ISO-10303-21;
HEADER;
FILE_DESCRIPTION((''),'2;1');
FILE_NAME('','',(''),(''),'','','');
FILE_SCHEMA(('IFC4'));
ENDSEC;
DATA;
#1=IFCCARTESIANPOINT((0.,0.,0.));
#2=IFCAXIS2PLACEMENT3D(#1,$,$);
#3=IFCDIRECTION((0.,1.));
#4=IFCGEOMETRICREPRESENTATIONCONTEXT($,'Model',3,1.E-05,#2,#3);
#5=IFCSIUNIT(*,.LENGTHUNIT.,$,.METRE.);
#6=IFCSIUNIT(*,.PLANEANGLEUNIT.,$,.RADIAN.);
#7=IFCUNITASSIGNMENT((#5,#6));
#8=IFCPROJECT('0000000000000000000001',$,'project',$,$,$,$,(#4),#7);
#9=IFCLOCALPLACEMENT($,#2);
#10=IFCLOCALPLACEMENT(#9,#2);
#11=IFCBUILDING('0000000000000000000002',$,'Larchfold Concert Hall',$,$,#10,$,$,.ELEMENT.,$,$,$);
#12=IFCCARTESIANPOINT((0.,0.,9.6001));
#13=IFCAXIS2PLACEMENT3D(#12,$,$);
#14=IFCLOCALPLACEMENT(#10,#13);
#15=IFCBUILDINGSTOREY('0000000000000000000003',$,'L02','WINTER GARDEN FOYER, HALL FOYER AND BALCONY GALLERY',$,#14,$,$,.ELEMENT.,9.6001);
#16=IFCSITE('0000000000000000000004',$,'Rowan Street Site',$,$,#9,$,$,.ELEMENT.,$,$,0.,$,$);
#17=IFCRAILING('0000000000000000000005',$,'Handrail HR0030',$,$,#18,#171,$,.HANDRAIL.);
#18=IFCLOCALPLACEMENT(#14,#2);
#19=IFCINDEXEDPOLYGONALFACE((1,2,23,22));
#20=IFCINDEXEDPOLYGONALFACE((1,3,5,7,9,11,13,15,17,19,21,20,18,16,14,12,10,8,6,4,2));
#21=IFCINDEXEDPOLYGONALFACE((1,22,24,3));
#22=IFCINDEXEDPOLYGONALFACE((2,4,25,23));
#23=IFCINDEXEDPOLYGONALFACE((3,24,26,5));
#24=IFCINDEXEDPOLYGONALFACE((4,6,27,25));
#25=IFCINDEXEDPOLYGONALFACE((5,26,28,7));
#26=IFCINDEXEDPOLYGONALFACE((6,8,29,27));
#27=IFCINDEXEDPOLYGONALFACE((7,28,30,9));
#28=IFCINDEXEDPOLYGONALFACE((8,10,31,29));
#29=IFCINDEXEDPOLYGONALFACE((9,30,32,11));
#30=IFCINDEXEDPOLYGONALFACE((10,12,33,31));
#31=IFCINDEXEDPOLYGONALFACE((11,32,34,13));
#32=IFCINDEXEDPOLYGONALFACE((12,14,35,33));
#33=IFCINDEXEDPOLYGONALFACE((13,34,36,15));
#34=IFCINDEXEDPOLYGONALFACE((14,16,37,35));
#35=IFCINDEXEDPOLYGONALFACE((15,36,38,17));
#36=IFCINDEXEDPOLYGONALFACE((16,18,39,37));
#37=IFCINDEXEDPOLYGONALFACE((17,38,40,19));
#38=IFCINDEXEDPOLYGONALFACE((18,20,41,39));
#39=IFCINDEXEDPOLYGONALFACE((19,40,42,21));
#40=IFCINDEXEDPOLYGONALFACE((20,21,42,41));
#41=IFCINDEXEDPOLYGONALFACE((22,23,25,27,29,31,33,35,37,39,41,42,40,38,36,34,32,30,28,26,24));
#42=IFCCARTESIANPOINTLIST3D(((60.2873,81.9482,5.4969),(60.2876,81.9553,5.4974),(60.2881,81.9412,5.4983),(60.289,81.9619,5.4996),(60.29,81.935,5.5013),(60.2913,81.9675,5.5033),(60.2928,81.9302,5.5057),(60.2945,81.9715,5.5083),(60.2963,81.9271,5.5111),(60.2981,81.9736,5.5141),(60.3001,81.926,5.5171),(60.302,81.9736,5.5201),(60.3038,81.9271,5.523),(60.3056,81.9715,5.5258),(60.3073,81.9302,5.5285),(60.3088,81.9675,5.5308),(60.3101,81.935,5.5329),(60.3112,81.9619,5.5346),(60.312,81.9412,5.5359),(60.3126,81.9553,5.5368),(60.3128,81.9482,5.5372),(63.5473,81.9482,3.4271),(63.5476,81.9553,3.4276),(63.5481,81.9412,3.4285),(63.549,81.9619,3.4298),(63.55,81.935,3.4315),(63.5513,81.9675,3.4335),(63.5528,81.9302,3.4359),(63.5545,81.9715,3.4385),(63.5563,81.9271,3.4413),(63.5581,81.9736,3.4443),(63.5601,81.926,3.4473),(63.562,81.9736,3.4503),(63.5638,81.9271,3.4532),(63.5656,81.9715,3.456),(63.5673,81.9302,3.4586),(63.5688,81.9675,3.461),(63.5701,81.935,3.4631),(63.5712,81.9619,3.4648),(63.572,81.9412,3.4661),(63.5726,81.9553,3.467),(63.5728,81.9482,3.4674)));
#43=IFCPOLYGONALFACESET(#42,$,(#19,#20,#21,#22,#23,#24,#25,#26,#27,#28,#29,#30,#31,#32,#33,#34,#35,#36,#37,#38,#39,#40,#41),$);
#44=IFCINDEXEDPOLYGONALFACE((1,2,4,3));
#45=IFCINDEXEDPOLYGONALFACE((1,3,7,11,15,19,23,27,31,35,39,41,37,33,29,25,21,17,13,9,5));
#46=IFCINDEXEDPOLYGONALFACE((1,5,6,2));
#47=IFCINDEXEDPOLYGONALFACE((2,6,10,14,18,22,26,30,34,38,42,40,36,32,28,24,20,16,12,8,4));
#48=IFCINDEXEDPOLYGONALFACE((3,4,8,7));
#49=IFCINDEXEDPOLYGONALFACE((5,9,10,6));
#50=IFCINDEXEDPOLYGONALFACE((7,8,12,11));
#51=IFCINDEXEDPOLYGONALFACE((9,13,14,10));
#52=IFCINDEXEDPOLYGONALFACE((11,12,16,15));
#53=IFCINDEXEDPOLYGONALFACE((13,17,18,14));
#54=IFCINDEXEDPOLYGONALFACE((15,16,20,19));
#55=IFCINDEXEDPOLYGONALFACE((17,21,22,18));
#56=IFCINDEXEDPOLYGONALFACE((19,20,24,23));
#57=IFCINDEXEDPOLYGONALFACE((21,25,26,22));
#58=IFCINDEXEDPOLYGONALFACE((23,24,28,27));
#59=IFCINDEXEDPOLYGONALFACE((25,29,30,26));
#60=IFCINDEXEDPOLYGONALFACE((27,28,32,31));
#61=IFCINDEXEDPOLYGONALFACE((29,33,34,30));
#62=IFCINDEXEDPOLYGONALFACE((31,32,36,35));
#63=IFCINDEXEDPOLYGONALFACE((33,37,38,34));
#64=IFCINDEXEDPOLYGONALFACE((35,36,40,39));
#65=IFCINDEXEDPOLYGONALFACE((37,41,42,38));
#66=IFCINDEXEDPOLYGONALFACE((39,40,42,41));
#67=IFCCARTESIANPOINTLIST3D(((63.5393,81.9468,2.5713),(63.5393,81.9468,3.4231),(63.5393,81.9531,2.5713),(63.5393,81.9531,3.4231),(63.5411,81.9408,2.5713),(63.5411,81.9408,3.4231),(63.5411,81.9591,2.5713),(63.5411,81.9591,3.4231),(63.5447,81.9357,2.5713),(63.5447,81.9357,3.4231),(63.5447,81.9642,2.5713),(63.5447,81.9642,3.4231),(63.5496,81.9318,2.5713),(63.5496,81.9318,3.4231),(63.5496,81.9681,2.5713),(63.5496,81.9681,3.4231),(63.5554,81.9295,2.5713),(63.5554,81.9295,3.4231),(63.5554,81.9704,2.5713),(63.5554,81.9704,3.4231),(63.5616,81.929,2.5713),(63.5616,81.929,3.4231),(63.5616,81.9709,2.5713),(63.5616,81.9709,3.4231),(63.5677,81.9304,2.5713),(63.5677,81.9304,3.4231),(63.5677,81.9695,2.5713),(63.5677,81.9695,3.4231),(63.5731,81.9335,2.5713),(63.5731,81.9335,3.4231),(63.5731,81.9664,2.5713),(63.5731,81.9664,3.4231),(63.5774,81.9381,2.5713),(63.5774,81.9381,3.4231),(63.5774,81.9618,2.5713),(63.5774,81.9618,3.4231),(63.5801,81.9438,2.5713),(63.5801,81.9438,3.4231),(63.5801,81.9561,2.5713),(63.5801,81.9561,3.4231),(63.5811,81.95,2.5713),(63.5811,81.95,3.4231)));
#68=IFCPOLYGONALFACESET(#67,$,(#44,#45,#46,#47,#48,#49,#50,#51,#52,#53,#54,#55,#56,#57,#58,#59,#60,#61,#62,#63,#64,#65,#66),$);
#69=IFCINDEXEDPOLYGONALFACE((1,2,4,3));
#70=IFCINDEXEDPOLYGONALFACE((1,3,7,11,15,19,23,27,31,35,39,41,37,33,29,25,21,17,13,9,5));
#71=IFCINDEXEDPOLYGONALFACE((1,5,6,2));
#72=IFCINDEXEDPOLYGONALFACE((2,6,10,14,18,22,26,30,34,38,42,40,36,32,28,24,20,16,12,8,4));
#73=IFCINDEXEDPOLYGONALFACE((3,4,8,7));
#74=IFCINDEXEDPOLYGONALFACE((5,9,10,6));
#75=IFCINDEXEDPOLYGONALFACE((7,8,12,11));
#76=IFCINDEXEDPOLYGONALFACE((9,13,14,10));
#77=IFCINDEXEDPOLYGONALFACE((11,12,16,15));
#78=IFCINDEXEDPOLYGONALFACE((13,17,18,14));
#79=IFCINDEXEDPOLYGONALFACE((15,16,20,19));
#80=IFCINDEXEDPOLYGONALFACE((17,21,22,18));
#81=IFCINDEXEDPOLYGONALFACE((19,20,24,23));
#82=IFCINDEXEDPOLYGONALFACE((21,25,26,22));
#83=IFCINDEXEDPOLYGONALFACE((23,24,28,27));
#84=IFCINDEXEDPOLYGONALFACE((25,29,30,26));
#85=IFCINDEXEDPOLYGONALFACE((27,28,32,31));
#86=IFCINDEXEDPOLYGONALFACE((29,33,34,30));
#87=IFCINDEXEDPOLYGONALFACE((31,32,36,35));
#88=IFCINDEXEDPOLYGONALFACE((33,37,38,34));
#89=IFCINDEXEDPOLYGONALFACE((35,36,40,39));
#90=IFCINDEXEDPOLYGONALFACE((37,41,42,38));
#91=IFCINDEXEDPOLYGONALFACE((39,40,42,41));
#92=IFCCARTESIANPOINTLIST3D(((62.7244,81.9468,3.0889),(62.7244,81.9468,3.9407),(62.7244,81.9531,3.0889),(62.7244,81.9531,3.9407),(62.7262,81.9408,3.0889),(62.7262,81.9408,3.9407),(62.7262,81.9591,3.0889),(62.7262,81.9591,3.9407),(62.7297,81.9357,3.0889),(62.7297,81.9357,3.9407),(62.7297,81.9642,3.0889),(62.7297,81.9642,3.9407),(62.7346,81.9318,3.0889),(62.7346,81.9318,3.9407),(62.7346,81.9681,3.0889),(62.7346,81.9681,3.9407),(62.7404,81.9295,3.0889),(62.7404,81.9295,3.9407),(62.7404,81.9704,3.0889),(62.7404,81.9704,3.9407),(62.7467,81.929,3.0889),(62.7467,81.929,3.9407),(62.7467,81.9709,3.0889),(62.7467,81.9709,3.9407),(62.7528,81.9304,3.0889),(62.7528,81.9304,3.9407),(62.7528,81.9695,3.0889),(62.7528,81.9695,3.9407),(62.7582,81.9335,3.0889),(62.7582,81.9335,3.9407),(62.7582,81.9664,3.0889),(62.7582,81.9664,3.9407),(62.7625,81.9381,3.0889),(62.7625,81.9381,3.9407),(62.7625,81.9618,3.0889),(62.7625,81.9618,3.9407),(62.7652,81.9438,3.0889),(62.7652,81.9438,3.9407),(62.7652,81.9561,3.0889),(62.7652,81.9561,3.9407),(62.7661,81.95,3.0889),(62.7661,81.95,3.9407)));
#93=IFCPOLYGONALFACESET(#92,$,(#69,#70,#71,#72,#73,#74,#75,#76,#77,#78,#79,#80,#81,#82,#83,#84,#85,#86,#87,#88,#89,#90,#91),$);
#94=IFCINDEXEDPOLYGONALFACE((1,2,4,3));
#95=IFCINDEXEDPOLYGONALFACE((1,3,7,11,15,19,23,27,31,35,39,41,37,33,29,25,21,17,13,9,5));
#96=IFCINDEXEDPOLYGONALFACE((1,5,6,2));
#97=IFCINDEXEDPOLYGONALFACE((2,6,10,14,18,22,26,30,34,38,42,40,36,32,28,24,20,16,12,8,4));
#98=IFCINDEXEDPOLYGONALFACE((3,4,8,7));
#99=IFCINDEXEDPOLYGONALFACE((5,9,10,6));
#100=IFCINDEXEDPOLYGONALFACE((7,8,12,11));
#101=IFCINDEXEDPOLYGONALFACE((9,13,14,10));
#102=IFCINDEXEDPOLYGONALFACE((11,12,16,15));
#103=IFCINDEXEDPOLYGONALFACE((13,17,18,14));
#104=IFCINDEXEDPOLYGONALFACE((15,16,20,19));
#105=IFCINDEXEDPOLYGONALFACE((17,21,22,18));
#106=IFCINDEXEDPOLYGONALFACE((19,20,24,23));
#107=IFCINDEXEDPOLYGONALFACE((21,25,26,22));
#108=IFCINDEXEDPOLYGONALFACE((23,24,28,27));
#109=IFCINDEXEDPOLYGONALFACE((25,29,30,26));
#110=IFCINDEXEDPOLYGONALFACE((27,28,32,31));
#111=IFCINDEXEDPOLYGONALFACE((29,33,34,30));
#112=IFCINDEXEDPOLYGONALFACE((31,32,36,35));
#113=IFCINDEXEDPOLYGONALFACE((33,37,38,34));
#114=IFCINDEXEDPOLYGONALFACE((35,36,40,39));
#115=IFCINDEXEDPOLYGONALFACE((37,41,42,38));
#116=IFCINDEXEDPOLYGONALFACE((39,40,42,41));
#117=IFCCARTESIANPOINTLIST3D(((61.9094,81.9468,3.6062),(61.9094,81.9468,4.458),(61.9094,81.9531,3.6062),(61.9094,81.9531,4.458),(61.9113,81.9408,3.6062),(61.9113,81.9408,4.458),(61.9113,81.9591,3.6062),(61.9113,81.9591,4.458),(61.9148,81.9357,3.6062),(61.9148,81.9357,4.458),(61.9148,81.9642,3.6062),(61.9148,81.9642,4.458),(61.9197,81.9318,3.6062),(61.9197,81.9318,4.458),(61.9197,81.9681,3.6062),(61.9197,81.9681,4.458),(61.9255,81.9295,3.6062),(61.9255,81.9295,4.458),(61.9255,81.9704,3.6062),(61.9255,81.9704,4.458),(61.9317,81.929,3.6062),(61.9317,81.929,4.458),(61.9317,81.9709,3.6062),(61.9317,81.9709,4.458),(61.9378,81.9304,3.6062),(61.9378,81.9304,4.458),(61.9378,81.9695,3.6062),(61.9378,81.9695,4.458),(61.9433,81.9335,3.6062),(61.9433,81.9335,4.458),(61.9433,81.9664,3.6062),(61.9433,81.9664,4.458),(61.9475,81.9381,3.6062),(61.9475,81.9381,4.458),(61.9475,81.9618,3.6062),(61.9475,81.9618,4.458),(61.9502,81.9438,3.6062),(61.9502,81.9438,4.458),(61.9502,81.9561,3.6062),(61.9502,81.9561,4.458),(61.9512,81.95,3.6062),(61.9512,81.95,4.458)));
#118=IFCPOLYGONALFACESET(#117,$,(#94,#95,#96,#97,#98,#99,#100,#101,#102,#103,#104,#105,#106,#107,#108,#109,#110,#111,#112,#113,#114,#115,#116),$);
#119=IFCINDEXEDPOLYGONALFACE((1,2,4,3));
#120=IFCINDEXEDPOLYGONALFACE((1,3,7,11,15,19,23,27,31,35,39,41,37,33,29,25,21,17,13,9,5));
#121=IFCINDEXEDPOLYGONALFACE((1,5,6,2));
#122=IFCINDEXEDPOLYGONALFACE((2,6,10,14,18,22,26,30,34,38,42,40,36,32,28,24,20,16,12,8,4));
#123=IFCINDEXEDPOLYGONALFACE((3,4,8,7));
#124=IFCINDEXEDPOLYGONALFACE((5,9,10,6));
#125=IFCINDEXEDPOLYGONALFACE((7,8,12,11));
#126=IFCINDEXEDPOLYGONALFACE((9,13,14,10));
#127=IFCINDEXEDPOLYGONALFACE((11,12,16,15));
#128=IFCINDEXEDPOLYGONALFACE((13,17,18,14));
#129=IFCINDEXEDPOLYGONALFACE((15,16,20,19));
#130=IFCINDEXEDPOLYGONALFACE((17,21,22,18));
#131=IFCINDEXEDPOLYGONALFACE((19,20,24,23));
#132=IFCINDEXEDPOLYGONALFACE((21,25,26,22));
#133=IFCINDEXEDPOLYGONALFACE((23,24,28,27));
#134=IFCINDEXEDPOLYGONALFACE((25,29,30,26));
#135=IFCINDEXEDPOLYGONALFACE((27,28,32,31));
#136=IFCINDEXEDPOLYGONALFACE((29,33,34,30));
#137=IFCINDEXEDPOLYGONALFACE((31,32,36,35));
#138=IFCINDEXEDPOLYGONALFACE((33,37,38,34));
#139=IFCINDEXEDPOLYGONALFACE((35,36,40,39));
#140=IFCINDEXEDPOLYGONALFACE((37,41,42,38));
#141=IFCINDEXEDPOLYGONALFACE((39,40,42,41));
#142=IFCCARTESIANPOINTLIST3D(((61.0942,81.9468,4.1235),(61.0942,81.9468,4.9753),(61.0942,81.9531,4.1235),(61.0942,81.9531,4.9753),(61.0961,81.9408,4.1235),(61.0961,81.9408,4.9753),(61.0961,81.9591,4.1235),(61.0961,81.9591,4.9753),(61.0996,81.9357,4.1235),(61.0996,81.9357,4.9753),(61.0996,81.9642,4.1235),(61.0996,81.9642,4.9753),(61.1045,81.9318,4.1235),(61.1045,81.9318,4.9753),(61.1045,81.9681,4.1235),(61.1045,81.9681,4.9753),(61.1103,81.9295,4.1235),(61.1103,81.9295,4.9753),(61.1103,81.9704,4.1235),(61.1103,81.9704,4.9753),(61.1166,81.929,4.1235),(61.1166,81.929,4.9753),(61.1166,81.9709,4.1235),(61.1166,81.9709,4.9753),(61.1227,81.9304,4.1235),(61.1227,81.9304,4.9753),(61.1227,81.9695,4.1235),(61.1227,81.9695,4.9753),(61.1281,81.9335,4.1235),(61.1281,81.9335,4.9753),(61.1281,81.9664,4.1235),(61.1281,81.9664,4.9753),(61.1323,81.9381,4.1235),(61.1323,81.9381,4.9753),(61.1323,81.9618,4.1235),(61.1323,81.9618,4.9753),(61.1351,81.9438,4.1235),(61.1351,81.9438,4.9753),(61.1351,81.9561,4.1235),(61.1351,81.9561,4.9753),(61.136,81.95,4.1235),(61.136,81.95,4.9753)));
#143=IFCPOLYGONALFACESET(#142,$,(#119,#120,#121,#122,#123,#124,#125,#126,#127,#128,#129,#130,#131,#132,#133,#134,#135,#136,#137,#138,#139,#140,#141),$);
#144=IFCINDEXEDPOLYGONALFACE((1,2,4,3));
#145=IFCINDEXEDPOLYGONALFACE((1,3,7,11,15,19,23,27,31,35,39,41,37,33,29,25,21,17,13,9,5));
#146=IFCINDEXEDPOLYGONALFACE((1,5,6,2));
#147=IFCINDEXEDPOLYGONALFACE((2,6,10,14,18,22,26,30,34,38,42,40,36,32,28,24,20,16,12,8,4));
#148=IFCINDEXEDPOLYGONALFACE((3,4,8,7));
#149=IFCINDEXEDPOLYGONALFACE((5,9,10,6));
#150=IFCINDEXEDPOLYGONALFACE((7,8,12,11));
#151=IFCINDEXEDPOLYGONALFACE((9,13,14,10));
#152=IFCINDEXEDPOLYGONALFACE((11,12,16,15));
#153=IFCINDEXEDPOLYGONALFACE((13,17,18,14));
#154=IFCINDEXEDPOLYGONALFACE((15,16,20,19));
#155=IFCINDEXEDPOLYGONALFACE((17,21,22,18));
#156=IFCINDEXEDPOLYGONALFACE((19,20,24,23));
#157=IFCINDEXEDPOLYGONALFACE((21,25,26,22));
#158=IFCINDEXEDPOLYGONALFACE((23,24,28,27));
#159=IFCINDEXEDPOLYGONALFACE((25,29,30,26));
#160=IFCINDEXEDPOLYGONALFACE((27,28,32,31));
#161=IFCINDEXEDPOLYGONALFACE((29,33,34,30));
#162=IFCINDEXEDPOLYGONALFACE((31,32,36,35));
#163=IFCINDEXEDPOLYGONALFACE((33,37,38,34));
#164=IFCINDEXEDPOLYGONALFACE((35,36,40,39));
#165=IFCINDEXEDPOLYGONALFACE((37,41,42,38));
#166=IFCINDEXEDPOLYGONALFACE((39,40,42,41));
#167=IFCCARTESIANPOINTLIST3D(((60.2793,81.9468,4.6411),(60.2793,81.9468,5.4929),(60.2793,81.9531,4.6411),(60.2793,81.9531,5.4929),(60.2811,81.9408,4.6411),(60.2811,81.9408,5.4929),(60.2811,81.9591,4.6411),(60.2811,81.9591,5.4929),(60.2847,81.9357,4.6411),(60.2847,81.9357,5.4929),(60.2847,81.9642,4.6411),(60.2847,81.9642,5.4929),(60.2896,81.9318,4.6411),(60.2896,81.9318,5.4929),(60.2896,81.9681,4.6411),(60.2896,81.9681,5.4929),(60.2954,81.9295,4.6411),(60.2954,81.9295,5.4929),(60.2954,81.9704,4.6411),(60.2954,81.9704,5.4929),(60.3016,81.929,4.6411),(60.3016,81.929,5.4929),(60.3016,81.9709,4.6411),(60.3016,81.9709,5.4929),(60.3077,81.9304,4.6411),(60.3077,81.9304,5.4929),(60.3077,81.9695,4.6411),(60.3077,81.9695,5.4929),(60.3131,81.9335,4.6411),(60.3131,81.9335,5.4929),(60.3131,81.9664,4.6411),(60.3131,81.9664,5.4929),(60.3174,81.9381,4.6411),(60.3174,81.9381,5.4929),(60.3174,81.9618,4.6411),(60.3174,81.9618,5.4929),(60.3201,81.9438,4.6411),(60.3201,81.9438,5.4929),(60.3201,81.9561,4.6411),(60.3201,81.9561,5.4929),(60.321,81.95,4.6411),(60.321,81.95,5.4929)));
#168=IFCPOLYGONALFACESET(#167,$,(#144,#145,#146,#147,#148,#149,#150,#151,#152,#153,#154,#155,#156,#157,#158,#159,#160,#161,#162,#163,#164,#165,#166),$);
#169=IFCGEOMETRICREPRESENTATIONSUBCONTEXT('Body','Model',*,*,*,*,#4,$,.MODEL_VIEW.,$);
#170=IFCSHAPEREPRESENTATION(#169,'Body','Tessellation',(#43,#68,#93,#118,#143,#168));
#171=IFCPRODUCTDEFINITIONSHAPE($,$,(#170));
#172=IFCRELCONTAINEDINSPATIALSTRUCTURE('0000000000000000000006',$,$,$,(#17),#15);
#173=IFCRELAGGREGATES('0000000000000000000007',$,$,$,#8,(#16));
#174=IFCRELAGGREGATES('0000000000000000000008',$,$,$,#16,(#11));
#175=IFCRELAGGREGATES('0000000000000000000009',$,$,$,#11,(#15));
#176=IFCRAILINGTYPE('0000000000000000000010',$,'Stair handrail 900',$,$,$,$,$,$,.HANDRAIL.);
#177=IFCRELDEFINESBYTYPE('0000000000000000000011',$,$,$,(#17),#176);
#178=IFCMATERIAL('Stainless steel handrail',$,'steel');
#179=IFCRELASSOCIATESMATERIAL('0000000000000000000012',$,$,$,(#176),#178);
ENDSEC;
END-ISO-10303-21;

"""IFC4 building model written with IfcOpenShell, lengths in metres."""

from ifc_helpers import new_model, si_unit, direction, frame, origin, origin_2d, place, context, subcontext, project, spatial, circle, extrude, material, type_object, element, save


model = new_model("IFC4")

# Units and contexts
model_context = context("Model", 3, precision=1e-05, world=origin(), true_north=direction((0.0, 1.0)))
body_context = subcontext(model_context, "Body", "Model", "MODEL_VIEW")
ifc_project = project(units=[si_unit("LENGTHUNIT", "METRE"), si_unit("PLANEANGLEUNIT", "RADIAN")], contexts=[model_context])

# Site, building, storey
site_placement = place(None, origin())
site = spatial("IfcSite", under=ifc_project, at=site_placement, Name="Rowan Street Site", CompositionType="ELEMENT", RefElevation=0.0)
building_placement = place(site_placement, origin())
building = spatial("IfcBuilding", under=site, at=building_placement, Name="Larchfold Concert Hall", CompositionType="ELEMENT")
storey_placement = place(building_placement, frame((0.0, 0.0, 9.6001)))
storey = spatial("IfcBuildingStorey", under=building, at=storey_placement, Name="L02", Description="WINTER GARDEN FOYER, HALL FOYER AND BALCONY GALLERY", CompositionType="ELEMENT", Elevation=9.6001)

# Railing
ifc_material_1 = material(Name="Stainless steel handrail", Category="steel")
railing_type_1 = type_object("IfcRailingType", Name="Stair handrail 900", PredefinedType="HANDRAIL", material=ifc_material_1)
railing_1_placement = place(storey_placement, frame((63.5601, 81.95, 2.5713)))
element("IfcRailing", 1, at=railing_1_placement, inside=storey, type_object=railing_type_1, Name="Handrail HR0030", PredefinedType="HANDRAIL", context=body_context, shape_type="SweptSolid", body=[
    extrude(circle(Radius=0.0239, at=origin_2d()), frame((0.0, 0.0, 0.876), z_axis=(-0.844216, 0.0, 0.536004), x_axis=(0.0, -1.0, 0.0)), (0.0, 0.0, 1.0), 3.8616),
    extrude(circle(Radius=0.021, at=origin_2d()), origin(), (0.0, 0.0, 1.0), 0.8518),
    extrude(circle(Radius=0.021, at=origin_2d()), frame((-0.8149, 0.0, 0.5176)), (0.0, 0.0, 1.0), 0.8518),
    extrude(circle(Radius=0.021, at=origin_2d()), frame((-1.6299, 0.0, 1.0349)), (0.0, 0.0, 1.0), 0.8518),
    extrude(circle(Radius=0.021, at=origin_2d()), frame((-2.4451, 0.0, 1.5522)), (0.0, 0.0, 1.0), 0.8518),
    extrude(circle(Radius=0.021, at=origin_2d()), frame((-3.26, 0.0, 2.0698)), (0.0, 0.0, 1.0), 0.8518),
])

save(model, "model.ifc")
